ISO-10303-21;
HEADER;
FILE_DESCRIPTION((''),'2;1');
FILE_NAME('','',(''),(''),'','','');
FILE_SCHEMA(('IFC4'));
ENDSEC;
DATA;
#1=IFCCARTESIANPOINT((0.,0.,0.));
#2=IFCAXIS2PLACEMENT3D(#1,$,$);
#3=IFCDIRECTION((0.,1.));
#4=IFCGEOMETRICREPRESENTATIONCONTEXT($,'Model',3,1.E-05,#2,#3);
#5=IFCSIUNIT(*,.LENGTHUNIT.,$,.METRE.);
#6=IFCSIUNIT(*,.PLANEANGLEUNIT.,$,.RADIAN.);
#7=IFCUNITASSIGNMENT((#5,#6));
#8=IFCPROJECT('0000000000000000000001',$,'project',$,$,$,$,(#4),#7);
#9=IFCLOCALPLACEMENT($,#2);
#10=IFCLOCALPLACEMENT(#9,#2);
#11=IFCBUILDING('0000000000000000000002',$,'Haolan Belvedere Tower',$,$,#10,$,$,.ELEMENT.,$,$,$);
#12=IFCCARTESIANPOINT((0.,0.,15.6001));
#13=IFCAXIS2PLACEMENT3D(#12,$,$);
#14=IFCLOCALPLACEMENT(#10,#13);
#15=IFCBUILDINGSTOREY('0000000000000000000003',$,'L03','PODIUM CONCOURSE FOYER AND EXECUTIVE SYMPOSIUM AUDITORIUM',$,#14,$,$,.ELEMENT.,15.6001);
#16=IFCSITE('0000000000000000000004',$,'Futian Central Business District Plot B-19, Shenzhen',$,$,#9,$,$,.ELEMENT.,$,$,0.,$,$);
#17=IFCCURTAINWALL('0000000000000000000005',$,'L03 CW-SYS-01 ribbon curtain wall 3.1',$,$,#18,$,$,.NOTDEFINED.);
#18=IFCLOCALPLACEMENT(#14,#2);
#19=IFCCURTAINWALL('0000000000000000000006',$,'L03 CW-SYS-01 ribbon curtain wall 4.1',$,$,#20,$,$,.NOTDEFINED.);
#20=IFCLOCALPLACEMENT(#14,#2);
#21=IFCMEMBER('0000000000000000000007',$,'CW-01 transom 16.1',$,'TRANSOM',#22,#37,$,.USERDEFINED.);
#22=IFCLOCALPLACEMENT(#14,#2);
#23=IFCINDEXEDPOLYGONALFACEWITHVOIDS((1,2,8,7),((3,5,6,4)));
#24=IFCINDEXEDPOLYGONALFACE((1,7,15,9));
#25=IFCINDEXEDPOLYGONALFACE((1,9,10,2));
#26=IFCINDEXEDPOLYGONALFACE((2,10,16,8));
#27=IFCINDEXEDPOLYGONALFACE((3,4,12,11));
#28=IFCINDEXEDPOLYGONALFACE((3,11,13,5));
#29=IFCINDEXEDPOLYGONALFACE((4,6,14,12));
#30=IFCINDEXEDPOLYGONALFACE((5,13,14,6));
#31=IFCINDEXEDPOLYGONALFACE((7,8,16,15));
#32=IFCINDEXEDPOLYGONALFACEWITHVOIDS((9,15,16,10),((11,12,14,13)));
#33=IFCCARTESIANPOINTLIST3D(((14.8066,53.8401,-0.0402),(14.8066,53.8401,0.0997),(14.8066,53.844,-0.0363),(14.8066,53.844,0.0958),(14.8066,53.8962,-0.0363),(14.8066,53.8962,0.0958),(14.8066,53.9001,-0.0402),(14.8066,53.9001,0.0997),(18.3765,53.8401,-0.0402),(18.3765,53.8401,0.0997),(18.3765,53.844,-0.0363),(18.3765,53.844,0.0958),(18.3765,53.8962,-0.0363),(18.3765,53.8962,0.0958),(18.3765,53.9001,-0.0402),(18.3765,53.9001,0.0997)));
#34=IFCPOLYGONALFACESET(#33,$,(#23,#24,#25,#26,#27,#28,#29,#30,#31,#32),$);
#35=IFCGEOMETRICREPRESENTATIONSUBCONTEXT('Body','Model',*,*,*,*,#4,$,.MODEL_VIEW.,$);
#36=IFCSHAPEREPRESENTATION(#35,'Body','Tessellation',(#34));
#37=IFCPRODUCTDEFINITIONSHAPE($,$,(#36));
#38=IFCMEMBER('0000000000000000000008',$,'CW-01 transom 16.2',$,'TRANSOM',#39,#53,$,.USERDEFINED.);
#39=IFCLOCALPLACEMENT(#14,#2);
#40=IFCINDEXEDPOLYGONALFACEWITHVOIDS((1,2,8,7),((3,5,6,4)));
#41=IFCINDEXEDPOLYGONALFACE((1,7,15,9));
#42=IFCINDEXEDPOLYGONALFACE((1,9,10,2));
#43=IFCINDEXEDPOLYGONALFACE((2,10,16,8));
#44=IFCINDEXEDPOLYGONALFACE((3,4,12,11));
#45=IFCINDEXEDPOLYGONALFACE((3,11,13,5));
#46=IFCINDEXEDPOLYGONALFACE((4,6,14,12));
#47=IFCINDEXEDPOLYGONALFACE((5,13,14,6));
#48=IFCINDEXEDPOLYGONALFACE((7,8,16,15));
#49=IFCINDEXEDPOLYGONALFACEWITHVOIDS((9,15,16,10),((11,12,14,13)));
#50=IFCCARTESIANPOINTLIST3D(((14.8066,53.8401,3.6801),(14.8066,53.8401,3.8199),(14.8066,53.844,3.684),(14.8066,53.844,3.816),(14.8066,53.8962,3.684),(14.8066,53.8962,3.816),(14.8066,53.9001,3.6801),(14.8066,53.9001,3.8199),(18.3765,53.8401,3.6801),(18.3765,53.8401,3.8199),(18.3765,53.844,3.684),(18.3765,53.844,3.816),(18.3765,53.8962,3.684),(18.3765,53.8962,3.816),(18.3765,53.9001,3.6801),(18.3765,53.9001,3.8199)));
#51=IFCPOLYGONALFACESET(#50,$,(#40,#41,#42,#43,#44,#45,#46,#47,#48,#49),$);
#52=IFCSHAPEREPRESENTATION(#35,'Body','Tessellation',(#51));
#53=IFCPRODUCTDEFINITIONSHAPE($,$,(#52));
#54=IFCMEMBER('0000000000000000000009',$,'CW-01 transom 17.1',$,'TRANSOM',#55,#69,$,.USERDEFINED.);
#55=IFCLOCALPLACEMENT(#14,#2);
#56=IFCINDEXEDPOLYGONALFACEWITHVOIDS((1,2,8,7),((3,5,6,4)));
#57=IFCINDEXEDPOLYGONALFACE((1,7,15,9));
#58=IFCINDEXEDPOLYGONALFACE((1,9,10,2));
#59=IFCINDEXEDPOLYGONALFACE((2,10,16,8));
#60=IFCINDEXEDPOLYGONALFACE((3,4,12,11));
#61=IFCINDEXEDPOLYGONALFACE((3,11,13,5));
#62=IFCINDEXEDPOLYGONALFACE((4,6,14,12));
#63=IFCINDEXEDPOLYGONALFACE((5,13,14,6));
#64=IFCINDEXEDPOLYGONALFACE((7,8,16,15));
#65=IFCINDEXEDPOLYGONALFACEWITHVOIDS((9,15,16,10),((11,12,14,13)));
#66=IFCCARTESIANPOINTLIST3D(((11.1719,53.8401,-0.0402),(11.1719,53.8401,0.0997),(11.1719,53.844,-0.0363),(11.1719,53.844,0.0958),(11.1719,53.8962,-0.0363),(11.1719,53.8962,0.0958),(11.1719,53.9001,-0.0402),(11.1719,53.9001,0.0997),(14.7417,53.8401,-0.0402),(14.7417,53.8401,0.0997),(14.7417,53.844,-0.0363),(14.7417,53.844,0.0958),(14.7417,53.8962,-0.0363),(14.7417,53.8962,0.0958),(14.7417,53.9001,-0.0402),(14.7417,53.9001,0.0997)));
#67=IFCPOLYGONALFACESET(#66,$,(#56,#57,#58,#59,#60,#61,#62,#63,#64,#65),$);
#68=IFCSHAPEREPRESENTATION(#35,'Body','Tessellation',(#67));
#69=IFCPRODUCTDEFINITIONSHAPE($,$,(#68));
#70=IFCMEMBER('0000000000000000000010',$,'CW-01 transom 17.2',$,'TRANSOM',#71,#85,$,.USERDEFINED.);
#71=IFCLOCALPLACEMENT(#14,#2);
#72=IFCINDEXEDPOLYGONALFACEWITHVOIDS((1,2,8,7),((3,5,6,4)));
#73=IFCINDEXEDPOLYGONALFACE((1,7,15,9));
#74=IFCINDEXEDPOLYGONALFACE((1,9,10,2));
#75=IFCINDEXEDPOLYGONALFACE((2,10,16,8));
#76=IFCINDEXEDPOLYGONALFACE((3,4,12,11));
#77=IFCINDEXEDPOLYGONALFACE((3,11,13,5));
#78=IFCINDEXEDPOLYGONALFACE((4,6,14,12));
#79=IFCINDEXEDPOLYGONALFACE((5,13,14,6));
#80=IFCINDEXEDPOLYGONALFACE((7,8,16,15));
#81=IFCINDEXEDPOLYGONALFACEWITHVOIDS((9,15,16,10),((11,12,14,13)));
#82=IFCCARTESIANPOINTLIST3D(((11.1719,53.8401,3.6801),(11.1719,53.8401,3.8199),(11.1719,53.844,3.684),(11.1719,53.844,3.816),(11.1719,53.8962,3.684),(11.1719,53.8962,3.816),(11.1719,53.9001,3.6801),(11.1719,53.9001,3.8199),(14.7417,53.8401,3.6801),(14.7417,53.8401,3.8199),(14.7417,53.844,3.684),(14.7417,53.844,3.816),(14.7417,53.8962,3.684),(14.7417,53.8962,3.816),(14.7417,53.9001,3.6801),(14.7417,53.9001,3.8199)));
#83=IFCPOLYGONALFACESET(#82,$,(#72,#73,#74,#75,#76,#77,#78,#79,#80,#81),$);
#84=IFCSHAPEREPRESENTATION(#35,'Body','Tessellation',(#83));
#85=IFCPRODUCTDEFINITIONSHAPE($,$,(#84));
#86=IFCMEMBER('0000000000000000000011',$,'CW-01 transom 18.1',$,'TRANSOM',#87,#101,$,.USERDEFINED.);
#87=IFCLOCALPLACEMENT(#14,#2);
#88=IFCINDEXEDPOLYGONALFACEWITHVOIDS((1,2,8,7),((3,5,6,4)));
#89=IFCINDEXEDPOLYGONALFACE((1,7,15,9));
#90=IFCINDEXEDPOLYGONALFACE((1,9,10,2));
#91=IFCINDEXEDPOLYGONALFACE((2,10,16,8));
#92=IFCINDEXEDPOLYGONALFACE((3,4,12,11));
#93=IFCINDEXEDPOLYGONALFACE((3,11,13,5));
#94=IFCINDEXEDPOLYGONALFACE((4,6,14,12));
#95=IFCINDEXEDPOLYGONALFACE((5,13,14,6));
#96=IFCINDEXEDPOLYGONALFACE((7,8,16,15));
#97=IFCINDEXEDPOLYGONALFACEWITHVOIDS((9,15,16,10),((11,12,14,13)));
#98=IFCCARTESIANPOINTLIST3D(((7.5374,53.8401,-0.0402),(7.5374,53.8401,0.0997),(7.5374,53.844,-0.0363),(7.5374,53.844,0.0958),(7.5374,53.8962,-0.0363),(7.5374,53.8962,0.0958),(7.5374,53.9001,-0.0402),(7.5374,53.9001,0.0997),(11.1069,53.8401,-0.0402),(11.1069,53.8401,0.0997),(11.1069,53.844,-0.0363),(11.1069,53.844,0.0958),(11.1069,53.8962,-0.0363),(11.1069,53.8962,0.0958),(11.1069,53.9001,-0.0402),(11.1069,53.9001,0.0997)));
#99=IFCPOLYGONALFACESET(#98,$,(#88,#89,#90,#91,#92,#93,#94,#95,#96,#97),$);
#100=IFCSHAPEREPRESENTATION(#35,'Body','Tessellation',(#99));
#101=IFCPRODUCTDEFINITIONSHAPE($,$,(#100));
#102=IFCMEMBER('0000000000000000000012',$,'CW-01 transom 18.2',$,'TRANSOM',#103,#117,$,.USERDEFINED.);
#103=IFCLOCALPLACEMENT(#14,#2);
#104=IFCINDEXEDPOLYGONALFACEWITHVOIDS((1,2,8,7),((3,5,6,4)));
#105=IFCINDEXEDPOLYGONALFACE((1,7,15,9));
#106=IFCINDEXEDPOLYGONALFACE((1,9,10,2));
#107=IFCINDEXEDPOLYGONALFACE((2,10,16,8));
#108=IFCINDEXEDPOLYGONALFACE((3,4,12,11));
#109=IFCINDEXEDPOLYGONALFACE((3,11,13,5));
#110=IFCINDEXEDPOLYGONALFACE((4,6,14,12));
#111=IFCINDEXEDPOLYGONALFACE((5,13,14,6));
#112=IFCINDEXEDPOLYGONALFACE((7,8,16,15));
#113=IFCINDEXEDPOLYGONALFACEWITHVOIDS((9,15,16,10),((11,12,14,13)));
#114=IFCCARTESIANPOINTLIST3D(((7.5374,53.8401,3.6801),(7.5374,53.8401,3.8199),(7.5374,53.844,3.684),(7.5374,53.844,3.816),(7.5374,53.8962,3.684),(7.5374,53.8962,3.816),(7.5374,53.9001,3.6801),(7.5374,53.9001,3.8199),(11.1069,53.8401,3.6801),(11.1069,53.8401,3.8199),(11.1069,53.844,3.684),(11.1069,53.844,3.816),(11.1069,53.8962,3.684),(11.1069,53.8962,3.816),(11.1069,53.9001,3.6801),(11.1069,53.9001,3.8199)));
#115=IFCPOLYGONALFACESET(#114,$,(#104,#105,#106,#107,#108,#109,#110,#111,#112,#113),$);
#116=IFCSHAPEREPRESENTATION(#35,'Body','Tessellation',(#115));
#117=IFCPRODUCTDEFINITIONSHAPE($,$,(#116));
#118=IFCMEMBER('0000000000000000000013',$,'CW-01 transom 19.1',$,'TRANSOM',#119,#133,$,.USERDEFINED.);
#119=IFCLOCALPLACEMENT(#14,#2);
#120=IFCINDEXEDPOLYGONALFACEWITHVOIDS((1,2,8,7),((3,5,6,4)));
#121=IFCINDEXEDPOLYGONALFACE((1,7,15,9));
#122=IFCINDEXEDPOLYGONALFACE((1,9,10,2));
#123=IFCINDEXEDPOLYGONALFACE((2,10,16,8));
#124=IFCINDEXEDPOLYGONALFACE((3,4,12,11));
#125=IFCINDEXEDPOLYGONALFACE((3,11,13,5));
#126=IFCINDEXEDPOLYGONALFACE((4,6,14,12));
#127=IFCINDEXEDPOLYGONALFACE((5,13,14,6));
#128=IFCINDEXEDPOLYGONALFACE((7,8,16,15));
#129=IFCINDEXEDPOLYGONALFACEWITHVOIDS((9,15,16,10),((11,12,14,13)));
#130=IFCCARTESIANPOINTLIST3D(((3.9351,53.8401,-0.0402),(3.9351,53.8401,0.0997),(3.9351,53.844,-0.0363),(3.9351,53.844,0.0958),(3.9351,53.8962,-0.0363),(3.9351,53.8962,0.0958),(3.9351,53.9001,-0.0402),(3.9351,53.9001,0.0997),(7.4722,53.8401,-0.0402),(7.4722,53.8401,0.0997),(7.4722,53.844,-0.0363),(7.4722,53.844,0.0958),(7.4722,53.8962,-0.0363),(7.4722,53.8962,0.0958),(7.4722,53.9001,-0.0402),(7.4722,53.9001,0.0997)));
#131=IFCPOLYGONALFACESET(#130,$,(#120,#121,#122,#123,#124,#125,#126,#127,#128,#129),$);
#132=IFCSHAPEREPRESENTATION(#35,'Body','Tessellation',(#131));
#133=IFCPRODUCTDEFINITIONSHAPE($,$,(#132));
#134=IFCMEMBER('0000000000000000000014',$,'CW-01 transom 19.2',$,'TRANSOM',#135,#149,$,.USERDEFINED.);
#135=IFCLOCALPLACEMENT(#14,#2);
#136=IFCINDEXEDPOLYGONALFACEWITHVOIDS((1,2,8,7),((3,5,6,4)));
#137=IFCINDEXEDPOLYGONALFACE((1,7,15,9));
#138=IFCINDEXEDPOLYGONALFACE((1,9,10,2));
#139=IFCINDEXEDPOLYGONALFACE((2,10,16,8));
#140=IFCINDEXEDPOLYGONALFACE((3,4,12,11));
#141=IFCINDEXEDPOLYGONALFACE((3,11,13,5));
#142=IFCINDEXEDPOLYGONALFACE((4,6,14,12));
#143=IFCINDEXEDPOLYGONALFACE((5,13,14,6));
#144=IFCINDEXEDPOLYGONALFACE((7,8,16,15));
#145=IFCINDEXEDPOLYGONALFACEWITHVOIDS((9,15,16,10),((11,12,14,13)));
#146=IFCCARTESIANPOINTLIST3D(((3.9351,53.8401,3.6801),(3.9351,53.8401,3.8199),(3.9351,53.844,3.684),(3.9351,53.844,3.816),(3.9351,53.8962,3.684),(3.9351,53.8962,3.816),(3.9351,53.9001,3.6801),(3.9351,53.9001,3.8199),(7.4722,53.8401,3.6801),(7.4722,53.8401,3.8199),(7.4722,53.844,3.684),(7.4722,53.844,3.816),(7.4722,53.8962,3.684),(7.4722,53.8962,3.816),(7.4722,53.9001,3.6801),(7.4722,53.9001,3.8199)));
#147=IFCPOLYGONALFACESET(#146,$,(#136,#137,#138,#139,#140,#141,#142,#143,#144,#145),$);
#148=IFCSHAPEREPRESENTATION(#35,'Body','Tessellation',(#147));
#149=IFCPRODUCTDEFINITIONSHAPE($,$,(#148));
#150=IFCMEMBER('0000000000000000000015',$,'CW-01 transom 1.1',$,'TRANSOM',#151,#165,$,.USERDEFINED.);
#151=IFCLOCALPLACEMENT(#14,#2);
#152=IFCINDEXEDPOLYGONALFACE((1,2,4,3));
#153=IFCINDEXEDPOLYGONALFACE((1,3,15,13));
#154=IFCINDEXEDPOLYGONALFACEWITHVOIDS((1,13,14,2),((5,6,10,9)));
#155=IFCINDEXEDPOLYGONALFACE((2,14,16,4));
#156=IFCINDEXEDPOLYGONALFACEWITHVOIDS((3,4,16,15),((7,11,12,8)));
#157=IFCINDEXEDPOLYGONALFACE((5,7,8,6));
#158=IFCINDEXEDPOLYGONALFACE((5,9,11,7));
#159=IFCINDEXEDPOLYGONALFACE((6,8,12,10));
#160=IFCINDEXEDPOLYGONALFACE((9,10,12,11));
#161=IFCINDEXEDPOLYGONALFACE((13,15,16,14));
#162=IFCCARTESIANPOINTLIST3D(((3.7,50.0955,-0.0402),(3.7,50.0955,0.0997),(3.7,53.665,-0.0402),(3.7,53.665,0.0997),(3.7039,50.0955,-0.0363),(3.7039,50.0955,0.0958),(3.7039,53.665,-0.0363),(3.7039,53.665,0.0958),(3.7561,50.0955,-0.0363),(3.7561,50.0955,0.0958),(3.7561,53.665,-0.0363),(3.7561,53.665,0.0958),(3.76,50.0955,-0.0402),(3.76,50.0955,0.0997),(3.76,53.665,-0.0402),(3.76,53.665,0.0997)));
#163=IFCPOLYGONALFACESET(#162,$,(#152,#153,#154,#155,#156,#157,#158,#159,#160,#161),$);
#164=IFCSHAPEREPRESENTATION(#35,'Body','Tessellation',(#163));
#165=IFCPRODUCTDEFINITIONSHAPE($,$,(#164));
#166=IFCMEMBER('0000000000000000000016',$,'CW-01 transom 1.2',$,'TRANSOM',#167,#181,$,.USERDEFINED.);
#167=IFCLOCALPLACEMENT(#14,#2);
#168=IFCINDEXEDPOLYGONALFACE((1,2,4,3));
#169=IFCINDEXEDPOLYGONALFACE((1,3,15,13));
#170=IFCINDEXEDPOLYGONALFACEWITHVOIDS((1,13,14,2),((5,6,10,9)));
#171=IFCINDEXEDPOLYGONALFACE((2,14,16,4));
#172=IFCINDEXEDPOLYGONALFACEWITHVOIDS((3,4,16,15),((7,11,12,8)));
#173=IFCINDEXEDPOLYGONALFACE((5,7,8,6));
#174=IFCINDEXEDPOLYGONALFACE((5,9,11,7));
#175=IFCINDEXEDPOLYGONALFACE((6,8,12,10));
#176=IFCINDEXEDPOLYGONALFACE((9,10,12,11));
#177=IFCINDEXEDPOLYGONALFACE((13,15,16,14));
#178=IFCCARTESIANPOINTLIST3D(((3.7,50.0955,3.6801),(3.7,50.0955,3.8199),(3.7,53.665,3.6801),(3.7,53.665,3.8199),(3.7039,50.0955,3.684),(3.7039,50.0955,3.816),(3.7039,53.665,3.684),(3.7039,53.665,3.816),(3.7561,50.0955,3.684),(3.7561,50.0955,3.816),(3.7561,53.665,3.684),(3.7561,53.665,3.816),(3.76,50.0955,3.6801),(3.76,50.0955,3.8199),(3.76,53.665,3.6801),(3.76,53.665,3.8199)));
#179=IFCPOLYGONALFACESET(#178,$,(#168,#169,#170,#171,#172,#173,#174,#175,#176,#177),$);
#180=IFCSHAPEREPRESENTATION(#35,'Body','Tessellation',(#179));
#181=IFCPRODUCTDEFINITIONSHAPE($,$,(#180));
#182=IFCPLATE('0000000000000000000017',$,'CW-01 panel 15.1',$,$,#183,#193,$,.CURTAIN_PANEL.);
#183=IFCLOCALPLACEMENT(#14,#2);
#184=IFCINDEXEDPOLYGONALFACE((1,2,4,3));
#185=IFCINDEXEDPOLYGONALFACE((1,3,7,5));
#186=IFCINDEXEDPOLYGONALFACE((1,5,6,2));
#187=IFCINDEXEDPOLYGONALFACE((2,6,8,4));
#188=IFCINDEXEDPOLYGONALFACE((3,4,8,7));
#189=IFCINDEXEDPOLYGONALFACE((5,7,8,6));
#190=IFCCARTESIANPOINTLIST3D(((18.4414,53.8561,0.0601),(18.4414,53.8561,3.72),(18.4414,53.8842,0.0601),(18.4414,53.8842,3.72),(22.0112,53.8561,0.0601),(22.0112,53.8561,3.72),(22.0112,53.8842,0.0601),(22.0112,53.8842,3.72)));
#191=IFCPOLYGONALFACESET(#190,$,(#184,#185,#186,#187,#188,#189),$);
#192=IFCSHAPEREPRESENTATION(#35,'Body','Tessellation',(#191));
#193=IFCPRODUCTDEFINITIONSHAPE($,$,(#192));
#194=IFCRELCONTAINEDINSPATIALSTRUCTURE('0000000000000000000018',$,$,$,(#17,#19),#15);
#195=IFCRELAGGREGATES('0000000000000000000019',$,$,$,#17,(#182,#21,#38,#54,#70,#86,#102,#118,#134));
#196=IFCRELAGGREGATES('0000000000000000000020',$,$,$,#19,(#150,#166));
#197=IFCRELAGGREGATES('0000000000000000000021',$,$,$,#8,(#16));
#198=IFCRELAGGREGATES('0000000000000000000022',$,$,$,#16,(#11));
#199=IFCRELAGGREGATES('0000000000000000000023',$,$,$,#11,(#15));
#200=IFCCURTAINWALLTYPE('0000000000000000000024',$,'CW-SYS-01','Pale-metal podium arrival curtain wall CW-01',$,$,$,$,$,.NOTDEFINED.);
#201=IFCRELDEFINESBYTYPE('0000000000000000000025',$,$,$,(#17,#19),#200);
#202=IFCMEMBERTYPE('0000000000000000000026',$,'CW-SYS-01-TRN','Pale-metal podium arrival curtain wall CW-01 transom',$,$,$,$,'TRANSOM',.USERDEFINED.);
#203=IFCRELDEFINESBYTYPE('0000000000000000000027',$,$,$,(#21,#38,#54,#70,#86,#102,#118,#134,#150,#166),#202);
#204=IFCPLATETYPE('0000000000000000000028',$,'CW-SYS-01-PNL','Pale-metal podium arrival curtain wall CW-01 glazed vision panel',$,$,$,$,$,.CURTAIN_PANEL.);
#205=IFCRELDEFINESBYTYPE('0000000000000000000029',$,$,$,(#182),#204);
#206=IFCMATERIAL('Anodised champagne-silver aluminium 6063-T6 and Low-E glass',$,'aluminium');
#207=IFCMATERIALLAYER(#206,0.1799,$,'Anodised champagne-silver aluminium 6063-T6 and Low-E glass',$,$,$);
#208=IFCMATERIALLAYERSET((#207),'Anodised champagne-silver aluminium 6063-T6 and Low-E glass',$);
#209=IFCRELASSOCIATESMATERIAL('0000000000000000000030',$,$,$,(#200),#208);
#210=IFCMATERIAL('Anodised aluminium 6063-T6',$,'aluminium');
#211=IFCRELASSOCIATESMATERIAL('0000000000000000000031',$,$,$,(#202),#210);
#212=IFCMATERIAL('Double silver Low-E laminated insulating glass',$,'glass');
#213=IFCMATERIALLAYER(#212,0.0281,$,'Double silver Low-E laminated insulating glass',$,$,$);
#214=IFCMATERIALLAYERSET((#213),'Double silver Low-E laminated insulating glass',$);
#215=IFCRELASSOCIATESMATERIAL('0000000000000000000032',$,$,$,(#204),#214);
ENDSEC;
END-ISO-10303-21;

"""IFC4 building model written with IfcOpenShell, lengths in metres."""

from ifc_helpers import new_model, si_unit, direction, frame, origin, origin_2d, place, context, subcontext, project, spatial, rectangle, hollow_rectangle, extrude, material, layer, layer_set, material_profile, profile_set, type_object, element, aggregate, save


model = new_model("IFC4")

# Units and contexts
model_context = context("Model", 3, precision=1e-05, world=origin(), true_north=direction((0.0, 1.0)))
body_context = subcontext(model_context, "Body", "Model", "MODEL_VIEW")
ifc_project = project(units=[si_unit("LENGTHUNIT", "METRE"), si_unit("PLANEANGLEUNIT", "RADIAN")], contexts=[model_context])

# Site, building, storey
site_placement = place(None, origin())
site = spatial("IfcSite", under=ifc_project, at=site_placement, Name="Futian Central Business District Plot B-19, Shenzhen", CompositionType="ELEMENT", RefElevation=0.0)
building_placement = place(site_placement, origin())
building = spatial("IfcBuilding", under=site, at=building_placement, Name="Haolan Belvedere Tower", CompositionType="ELEMENT")
storey_placement = place(building_placement, frame((0.0, 0.0, 15.6001)))
storey = spatial("IfcBuildingStorey", under=building, at=storey_placement, Name="L03", Description="PODIUM CONCOURSE FOYER AND EXECUTIVE SYMPOSIUM AUDITORIUM", CompositionType="ELEMENT", Elevation=15.6001)

# Curtain wall
ifc_material_1 = material(Name="Anodised champagne-silver aluminium 6063-T6 and Low-E glass", Category="aluminium")
ifc_layer_1 = layer(ifc_material_1, 0.1799, Name="Anodised champagne-silver aluminium 6063-T6 and Low-E glass")
ifc_layer_set_1 = layer_set([ifc_layer_1], Name="Anodised champagne-silver aluminium 6063-T6 and Low-E glass")
curtain_wall_type = type_object("IfcCurtainWallType", Name="CW-SYS-01", Description="Pale-metal podium arrival curtain wall CW-01", PredefinedType="NOTDEFINED", material=ifc_layer_set_1)
curtain_wall_1_placement = place(storey_placement, origin())
curtain_wall_1 = element("IfcCurtainWall", 1, at=curtain_wall_1_placement, inside=storey, type_object=curtain_wall_type, Name="L03 CW-SYS-01 ribbon curtain wall 3.1", PredefinedType="NOTDEFINED")
ifc_material_2 = material(Name="Anodised aluminium 6063-T6", Category="aluminium")

# Curtain wall
curtain_wall_2_placement = place(storey_placement, origin())
curtain_wall_2 = element("IfcCurtainWall", 2, at=curtain_wall_2_placement, inside=storey, type_object=curtain_wall_type, Name="L03 CW-SYS-01 ribbon curtain wall 4.1", PredefinedType="NOTDEFINED")

# Members
ifc_material_profile_1 = material_profile(ifc_material_2, hollow_rectangle(XDim=0.0601, YDim=0.1399, WallThickness=0.0039, at=origin_2d()), Name="Anodised aluminium 6063-T6")
ifc_profile_set_1 = profile_set([ifc_material_profile_1], Name="Anodised aluminium 6063-T6")
member_type_1 = type_object("IfcMemberType", Name="CW-SYS-01-TRN", Description="Pale-metal podium arrival curtain wall CW-01 transom", ElementType="TRANSOM", PredefinedType="USERDEFINED", material=ifc_profile_set_1)
member_1_placement = place(storey_placement, frame((18.3765, 53.8701, 0.0298), z_axis=(-1.0, 0.0, 0.0), x_axis=(0.0, -1.0, 0.0)))
member_1 = element("IfcMember", 3, at=member_1_placement, type_object=member_type_1, Name="CW-01 transom 16.1", ObjectType="TRANSOM", PredefinedType="USERDEFINED", context=body_context, shape_type="SweptSolid", body=[
    extrude(hollow_rectangle(XDim=0.0601, YDim=0.1399, WallThickness=0.0039, at=origin_2d()), origin(), (0.0, 0.0, 1.0), 3.5698),
])
member_2_placement = place(storey_placement, frame((18.3765, 53.8701, 3.75), z_axis=(-1.0, 0.0, 0.0), x_axis=(0.0, -1.0, 0.0)))
member_2 = element("IfcMember", 4, at=member_2_placement, type_object=member_type_1, Name="CW-01 transom 16.2", ObjectType="TRANSOM", PredefinedType="USERDEFINED", context=body_context, shape_type="SweptSolid", body=[
    extrude(hollow_rectangle(XDim=0.0601, YDim=0.1399, WallThickness=0.0039, at=origin_2d()), origin(), (0.0, 0.0, 1.0), 3.5698),
])
member_3_placement = place(storey_placement, frame((14.7417, 53.8701, 0.0298), z_axis=(-1.0, 0.0, 0.0), x_axis=(0.0, -1.0, 0.0)))
member_3 = element("IfcMember", 5, at=member_3_placement, type_object=member_type_1, Name="CW-01 transom 17.1", ObjectType="TRANSOM", PredefinedType="USERDEFINED", context=body_context, shape_type="SweptSolid", body=[
    extrude(hollow_rectangle(XDim=0.0601, YDim=0.1399, WallThickness=0.0039, at=origin_2d()), origin(), (0.0, 0.0, 1.0), 3.5698),
])
member_4_placement = place(storey_placement, frame((14.7417, 53.8701, 3.75), z_axis=(-1.0, 0.0, 0.0), x_axis=(0.0, -1.0, 0.0)))
member_4 = element("IfcMember", 6, at=member_4_placement, type_object=member_type_1, Name="CW-01 transom 17.2", ObjectType="TRANSOM", PredefinedType="USERDEFINED", context=body_context, shape_type="SweptSolid", body=[
    extrude(hollow_rectangle(XDim=0.0601, YDim=0.1399, WallThickness=0.0039, at=origin_2d()), origin(), (0.0, 0.0, 1.0), 3.5698),
])
member_5_placement = place(storey_placement, frame((11.1069, 53.8701, 0.0298), z_axis=(-1.0, 0.0, 0.0), x_axis=(0.0, -1.0, 0.0)))
member_5 = element("IfcMember", 7, at=member_5_placement, type_object=member_type_1, Name="CW-01 transom 18.1", ObjectType="TRANSOM", PredefinedType="USERDEFINED", context=body_context, shape_type="SweptSolid", body=[
    extrude(hollow_rectangle(XDim=0.0601, YDim=0.1399, WallThickness=0.0039, at=origin_2d()), origin(), (0.0, 0.0, 1.0), 3.5696),
])
member_6_placement = place(storey_placement, frame((11.1069, 53.8701, 3.75), z_axis=(-1.0, 0.0, 0.0), x_axis=(0.0, -1.0, 0.0)))
member_6 = element("IfcMember", 8, at=member_6_placement, type_object=member_type_1, Name="CW-01 transom 18.2", ObjectType="TRANSOM", PredefinedType="USERDEFINED", context=body_context, shape_type="SweptSolid", body=[
    extrude(hollow_rectangle(XDim=0.0601, YDim=0.1399, WallThickness=0.0039, at=origin_2d()), origin(), (0.0, 0.0, 1.0), 3.5696),
])
member_7_placement = place(storey_placement, frame((7.4722, 53.8701, 0.0298), z_axis=(-1.0, 0.0, 0.0), x_axis=(0.0, -1.0, 0.0)))
member_7 = element("IfcMember", 9, at=member_7_placement, type_object=member_type_1, Name="CW-01 transom 19.1", ObjectType="TRANSOM", PredefinedType="USERDEFINED", context=body_context, shape_type="SweptSolid", body=[
    extrude(hollow_rectangle(XDim=0.0601, YDim=0.1399, WallThickness=0.0039, at=origin_2d()), origin(), (0.0, 0.0, 1.0), 3.5371),
])
member_8_placement = place(storey_placement, frame((7.4722, 53.8701, 3.75), z_axis=(-1.0, 0.0, 0.0), x_axis=(0.0, -1.0, 0.0)))
member_8 = element("IfcMember", 10, at=member_8_placement, type_object=member_type_1, Name="CW-01 transom 19.2", ObjectType="TRANSOM", PredefinedType="USERDEFINED", context=body_context, shape_type="SweptSolid", body=[
    extrude(hollow_rectangle(XDim=0.0601, YDim=0.1399, WallThickness=0.0039, at=origin_2d()), origin(), (0.0, 0.0, 1.0), 3.5371),
])
member_9_placement = place(storey_placement, frame((3.73, 53.665, 0.0298), z_axis=(0.0, -1.0, 0.0), x_axis=(1.0, 0.0, 0.0)))
member_9 = element("IfcMember", 11, at=member_9_placement, type_object=member_type_1, Name="CW-01 transom 1.1", ObjectType="TRANSOM", PredefinedType="USERDEFINED", context=body_context, shape_type="SweptSolid", body=[
    extrude(hollow_rectangle(XDim=0.0601, YDim=0.1399, WallThickness=0.0039, at=origin_2d()), origin(), (0.0, 0.0, 1.0), 3.5696),
])
member_10_placement = place(storey_placement, frame((3.73, 53.665, 3.75), z_axis=(0.0, -1.0, 0.0), x_axis=(1.0, 0.0, 0.0)))
member_10 = element("IfcMember", 12, at=member_10_placement, type_object=member_type_1, Name="CW-01 transom 1.2", ObjectType="TRANSOM", PredefinedType="USERDEFINED", context=body_context, shape_type="SweptSolid", body=[
    extrude(hollow_rectangle(XDim=0.0601, YDim=0.1399, WallThickness=0.0039, at=origin_2d()), origin(), (0.0, 0.0, 1.0), 3.5696),
])

# Plate
ifc_material_3 = material(Name="Double silver Low-E laminated insulating glass", Category="glass")
ifc_layer_2 = layer(ifc_material_3, 0.0281, Name="Double silver Low-E laminated insulating glass")
ifc_layer_set_2 = layer_set([ifc_layer_2], Name="Double silver Low-E laminated insulating glass")
plate_type = type_object("IfcPlateType", Name="CW-SYS-01-PNL", Description="Pale-metal podium arrival curtain wall CW-01 glazed vision panel", PredefinedType="CURTAIN_PANEL", material=ifc_layer_set_2)
plate_1_placement = place(storey_placement, frame((20.2263, 53.8701, 0.0601), z_axis=(0.0, 0.0, 1.0), x_axis=(-1.0, 0.0, 0.0)))
plate_1 = element("IfcPlate", 13, at=plate_1_placement, type_object=plate_type, Name="CW-01 panel 15.1", PredefinedType="CURTAIN_PANEL", context=body_context, shape_type="SweptSolid", body=[
    extrude(rectangle(XDim=3.5698, YDim=0.0281, at=origin_2d()), origin(), (0.0, 0.0, 1.0), 3.6599),
])
aggregate(curtain_wall_1, [plate_1, member_1, member_2, member_3, member_4, member_5, member_6, member_7, member_8])
aggregate(curtain_wall_2, [member_9, member_10])

save(model, "model.ifc")
